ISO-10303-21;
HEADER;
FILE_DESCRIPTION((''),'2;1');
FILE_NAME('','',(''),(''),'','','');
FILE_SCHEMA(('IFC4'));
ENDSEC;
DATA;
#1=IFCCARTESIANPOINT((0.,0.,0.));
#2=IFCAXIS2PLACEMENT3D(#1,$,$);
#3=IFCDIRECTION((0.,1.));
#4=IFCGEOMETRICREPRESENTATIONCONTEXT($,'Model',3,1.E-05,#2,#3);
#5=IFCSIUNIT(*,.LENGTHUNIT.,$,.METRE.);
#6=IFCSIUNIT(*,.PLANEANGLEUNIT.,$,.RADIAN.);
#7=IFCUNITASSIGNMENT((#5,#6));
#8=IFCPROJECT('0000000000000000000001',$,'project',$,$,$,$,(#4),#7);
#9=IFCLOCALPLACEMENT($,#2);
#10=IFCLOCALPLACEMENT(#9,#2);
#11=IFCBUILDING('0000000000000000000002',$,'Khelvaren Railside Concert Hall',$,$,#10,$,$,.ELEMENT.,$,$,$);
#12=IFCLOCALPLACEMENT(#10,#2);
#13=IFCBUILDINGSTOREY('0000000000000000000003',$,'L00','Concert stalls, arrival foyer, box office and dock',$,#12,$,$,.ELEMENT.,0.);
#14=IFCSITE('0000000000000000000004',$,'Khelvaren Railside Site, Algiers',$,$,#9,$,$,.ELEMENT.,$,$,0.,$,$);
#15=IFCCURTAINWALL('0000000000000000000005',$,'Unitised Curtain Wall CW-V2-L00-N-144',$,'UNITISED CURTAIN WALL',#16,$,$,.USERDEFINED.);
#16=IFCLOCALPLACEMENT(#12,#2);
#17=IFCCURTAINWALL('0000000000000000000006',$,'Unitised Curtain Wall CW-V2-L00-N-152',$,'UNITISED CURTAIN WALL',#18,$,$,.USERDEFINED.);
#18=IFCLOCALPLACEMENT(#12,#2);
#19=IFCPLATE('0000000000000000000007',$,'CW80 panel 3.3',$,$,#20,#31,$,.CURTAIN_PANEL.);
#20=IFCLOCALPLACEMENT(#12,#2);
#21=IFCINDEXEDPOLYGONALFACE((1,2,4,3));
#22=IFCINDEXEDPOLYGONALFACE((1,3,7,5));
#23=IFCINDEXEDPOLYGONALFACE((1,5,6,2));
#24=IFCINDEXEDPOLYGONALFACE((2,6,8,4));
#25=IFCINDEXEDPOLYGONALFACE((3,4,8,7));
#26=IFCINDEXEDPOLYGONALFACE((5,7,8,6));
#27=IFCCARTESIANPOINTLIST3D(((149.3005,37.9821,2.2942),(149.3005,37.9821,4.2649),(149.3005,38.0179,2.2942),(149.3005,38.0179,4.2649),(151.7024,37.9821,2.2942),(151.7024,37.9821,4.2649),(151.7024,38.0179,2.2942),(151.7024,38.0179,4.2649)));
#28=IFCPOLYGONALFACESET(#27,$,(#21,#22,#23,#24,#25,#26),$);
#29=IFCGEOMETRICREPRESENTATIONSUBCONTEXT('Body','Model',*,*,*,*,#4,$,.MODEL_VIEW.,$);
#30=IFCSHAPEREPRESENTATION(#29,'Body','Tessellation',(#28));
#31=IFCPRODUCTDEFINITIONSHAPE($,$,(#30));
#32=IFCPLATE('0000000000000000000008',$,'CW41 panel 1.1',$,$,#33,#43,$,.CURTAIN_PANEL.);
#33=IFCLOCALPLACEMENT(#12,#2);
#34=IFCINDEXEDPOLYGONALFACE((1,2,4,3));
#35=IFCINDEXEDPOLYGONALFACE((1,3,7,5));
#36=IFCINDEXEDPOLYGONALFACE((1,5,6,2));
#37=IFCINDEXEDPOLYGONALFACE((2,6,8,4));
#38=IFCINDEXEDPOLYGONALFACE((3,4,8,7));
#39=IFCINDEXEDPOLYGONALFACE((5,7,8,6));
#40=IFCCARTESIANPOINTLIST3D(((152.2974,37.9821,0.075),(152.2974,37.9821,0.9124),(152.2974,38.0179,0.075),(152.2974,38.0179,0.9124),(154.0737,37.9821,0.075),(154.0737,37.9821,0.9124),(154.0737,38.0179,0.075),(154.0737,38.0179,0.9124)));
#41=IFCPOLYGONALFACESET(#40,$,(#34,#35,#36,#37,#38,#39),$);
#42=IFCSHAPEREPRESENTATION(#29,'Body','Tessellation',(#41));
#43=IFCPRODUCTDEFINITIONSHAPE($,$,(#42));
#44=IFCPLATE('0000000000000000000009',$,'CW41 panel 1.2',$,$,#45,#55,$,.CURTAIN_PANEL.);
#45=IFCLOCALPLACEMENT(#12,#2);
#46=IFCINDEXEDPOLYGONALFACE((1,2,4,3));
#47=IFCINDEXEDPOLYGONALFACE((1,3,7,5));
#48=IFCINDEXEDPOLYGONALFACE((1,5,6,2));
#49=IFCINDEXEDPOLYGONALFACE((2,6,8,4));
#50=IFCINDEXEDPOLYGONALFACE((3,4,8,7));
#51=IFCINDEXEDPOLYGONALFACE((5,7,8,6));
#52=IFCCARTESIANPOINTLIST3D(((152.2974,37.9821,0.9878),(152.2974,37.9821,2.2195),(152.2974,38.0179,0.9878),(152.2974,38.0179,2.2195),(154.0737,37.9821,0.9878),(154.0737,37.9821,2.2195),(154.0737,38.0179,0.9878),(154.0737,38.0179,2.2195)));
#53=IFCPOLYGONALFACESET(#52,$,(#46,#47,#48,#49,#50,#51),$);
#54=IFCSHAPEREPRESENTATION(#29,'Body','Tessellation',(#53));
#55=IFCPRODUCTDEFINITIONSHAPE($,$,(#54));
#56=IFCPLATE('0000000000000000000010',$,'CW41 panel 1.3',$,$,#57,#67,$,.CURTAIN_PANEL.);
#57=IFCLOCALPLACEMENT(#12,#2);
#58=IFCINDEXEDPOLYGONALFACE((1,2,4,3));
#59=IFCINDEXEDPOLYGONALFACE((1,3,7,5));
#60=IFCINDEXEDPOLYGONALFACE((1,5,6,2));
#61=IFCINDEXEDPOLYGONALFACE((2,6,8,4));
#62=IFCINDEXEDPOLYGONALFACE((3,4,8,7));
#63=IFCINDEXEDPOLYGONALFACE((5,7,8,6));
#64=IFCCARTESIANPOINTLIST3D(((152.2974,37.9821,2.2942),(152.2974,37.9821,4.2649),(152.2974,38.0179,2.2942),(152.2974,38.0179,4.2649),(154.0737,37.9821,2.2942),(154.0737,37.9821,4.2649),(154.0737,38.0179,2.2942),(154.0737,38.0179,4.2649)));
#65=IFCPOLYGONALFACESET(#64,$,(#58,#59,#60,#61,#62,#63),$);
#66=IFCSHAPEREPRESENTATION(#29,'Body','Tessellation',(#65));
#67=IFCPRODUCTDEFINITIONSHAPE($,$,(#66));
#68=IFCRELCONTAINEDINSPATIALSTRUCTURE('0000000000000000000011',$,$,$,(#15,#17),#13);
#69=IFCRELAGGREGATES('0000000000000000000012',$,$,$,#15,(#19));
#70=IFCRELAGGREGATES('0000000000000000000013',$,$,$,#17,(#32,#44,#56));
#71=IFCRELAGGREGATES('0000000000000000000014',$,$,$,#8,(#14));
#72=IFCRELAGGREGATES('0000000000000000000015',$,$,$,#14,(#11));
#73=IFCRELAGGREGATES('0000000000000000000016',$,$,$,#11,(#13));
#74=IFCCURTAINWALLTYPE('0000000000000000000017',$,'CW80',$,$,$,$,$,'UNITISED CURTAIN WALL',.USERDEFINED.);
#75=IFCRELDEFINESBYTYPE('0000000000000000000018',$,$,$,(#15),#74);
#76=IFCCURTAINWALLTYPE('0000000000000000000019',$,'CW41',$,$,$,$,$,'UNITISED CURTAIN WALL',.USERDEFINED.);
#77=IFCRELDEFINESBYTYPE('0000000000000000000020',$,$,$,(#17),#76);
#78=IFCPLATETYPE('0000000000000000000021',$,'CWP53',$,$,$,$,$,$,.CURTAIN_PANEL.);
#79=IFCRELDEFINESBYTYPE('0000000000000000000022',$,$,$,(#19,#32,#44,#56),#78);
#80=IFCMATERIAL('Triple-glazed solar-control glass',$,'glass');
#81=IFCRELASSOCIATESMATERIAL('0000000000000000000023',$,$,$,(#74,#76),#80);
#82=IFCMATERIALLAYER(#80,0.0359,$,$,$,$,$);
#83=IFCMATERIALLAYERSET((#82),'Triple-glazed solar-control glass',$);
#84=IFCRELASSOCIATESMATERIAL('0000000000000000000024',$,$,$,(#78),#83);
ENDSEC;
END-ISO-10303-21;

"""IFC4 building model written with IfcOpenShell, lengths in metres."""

from ifc_helpers import new_model, si_unit, direction, frame, origin, origin_2d, place, context, subcontext, project, spatial, rectangle, extrude, material, layer, layer_set, type_object, element, aggregate, save


model = new_model("IFC4")

# Units and contexts
model_context = context("Model", 3, precision=1e-05, world=origin(), true_north=direction((0.0, 1.0)))
body_context = subcontext(model_context, "Body", "Model", "MODEL_VIEW")
ifc_project = project(units=[si_unit("LENGTHUNIT", "METRE"), si_unit("PLANEANGLEUNIT", "RADIAN")], contexts=[model_context])

# Site, building, storey
site_placement = place(None, origin())
site = spatial("IfcSite", under=ifc_project, at=site_placement, Name="Khelvaren Railside Site, Algiers", CompositionType="ELEMENT", RefElevation=0.0)
building_placement = place(site_placement, origin())
building = spatial("IfcBuilding", under=site, at=building_placement, Name="Khelvaren Railside Concert Hall", CompositionType="ELEMENT")
storey_placement = place(building_placement, origin())
storey = spatial("IfcBuildingStorey", under=building, at=storey_placement, Name="L00", Description="Concert stalls, arrival foyer, box office and dock", CompositionType="ELEMENT", Elevation=0.0)

# Curtain walls
ifc_material_1 = material(Name="Triple-glazed solar-control glass", Category="glass")
curtain_wall_type_1 = type_object("IfcCurtainWallType", Name="CW80", ElementType="UNITISED CURTAIN WALL", PredefinedType="USERDEFINED", material=ifc_material_1)
curtain_wall_1_placement = place(storey_placement, origin())
curtain_wall_1 = element("IfcCurtainWall", 1, at=curtain_wall_1_placement, inside=storey, type_object=curtain_wall_type_1, Name="Unitised Curtain Wall CW-V2-L00-N-144", ObjectType="UNITISED CURTAIN WALL", PredefinedType="USERDEFINED")
curtain_wall_type_2 = type_object("IfcCurtainWallType", Name="CW41", ElementType="UNITISED CURTAIN WALL", PredefinedType="USERDEFINED", material=ifc_material_1)
curtain_wall_2_placement = place(storey_placement, origin())
curtain_wall_2 = element("IfcCurtainWall", 2, at=curtain_wall_2_placement, inside=storey, type_object=curtain_wall_type_2, Name="Unitised Curtain Wall CW-V2-L00-N-152", ObjectType="UNITISED CURTAIN WALL", PredefinedType="USERDEFINED")

# Plates
ifc_layer = layer(ifc_material_1, 0.0359)
ifc_layer_set = layer_set([ifc_layer], Name="Triple-glazed solar-control glass")
plate_type = type_object("IfcPlateType", Name="CWP53", PredefinedType="CURTAIN_PANEL", material=ifc_layer_set)
plate_1_placement = place(storey_placement, frame((150.5015, 38.0, 2.2942), z_axis=(0.0, 0.0, 1.0), x_axis=(1.0, 0.0, 0.0)))
plate_1 = element("IfcPlate", 3, at=plate_1_placement, type_object=plate_type, Name="CW80 panel 3.3", PredefinedType="CURTAIN_PANEL", context=body_context, shape_type="SweptSolid", body=[
    extrude(rectangle(XDim=2.4019, YDim=0.0359, at=origin_2d()), origin(), (0.0, 0.0, 1.0), 1.9707),
])
aggregate(curtain_wall_1, [plate_1])
plate_2_placement = place(storey_placement, frame((153.1855, 38.0, 0.075), z_axis=(0.0, 0.0, 1.0), x_axis=(1.0, 0.0, 0.0)))
plate_2 = element("IfcPlate", 4, at=plate_2_placement, type_object=plate_type, Name="CW41 panel 1.1", PredefinedType="CURTAIN_PANEL", context=body_context, shape_type="SweptSolid", body=[
    extrude(rectangle(XDim=1.7764, YDim=0.0359, at=origin_2d()), origin(), (0.0, 0.0, 1.0), 0.8374),
])
plate_3_placement = place(storey_placement, frame((153.1855, 38.0, 0.9878), z_axis=(0.0, 0.0, 1.0), x_axis=(1.0, 0.0, 0.0)))
plate_3 = element("IfcPlate", 5, at=plate_3_placement, type_object=plate_type, Name="CW41 panel 1.2", PredefinedType="CURTAIN_PANEL", context=body_context, shape_type="SweptSolid", body=[
    extrude(rectangle(XDim=1.7764, YDim=0.0359, at=origin_2d()), origin(), (0.0, 0.0, 1.0), 1.2317),
])
plate_4_placement = place(storey_placement, frame((153.1855, 38.0, 2.2942), z_axis=(0.0, 0.0, 1.0), x_axis=(1.0, 0.0, 0.0)))
plate_4 = element("IfcPlate", 6, at=plate_4_placement, type_object=plate_type, Name="CW41 panel 1.3", PredefinedType="CURTAIN_PANEL", context=body_context, shape_type="SweptSolid", body=[
    extrude(rectangle(XDim=1.7764, YDim=0.0359, at=origin_2d()), origin(), (0.0, 0.0, 1.0), 1.9707),
])
aggregate(curtain_wall_2, [plate_2, plate_3, plate_4])

save(model, "model.ifc")
